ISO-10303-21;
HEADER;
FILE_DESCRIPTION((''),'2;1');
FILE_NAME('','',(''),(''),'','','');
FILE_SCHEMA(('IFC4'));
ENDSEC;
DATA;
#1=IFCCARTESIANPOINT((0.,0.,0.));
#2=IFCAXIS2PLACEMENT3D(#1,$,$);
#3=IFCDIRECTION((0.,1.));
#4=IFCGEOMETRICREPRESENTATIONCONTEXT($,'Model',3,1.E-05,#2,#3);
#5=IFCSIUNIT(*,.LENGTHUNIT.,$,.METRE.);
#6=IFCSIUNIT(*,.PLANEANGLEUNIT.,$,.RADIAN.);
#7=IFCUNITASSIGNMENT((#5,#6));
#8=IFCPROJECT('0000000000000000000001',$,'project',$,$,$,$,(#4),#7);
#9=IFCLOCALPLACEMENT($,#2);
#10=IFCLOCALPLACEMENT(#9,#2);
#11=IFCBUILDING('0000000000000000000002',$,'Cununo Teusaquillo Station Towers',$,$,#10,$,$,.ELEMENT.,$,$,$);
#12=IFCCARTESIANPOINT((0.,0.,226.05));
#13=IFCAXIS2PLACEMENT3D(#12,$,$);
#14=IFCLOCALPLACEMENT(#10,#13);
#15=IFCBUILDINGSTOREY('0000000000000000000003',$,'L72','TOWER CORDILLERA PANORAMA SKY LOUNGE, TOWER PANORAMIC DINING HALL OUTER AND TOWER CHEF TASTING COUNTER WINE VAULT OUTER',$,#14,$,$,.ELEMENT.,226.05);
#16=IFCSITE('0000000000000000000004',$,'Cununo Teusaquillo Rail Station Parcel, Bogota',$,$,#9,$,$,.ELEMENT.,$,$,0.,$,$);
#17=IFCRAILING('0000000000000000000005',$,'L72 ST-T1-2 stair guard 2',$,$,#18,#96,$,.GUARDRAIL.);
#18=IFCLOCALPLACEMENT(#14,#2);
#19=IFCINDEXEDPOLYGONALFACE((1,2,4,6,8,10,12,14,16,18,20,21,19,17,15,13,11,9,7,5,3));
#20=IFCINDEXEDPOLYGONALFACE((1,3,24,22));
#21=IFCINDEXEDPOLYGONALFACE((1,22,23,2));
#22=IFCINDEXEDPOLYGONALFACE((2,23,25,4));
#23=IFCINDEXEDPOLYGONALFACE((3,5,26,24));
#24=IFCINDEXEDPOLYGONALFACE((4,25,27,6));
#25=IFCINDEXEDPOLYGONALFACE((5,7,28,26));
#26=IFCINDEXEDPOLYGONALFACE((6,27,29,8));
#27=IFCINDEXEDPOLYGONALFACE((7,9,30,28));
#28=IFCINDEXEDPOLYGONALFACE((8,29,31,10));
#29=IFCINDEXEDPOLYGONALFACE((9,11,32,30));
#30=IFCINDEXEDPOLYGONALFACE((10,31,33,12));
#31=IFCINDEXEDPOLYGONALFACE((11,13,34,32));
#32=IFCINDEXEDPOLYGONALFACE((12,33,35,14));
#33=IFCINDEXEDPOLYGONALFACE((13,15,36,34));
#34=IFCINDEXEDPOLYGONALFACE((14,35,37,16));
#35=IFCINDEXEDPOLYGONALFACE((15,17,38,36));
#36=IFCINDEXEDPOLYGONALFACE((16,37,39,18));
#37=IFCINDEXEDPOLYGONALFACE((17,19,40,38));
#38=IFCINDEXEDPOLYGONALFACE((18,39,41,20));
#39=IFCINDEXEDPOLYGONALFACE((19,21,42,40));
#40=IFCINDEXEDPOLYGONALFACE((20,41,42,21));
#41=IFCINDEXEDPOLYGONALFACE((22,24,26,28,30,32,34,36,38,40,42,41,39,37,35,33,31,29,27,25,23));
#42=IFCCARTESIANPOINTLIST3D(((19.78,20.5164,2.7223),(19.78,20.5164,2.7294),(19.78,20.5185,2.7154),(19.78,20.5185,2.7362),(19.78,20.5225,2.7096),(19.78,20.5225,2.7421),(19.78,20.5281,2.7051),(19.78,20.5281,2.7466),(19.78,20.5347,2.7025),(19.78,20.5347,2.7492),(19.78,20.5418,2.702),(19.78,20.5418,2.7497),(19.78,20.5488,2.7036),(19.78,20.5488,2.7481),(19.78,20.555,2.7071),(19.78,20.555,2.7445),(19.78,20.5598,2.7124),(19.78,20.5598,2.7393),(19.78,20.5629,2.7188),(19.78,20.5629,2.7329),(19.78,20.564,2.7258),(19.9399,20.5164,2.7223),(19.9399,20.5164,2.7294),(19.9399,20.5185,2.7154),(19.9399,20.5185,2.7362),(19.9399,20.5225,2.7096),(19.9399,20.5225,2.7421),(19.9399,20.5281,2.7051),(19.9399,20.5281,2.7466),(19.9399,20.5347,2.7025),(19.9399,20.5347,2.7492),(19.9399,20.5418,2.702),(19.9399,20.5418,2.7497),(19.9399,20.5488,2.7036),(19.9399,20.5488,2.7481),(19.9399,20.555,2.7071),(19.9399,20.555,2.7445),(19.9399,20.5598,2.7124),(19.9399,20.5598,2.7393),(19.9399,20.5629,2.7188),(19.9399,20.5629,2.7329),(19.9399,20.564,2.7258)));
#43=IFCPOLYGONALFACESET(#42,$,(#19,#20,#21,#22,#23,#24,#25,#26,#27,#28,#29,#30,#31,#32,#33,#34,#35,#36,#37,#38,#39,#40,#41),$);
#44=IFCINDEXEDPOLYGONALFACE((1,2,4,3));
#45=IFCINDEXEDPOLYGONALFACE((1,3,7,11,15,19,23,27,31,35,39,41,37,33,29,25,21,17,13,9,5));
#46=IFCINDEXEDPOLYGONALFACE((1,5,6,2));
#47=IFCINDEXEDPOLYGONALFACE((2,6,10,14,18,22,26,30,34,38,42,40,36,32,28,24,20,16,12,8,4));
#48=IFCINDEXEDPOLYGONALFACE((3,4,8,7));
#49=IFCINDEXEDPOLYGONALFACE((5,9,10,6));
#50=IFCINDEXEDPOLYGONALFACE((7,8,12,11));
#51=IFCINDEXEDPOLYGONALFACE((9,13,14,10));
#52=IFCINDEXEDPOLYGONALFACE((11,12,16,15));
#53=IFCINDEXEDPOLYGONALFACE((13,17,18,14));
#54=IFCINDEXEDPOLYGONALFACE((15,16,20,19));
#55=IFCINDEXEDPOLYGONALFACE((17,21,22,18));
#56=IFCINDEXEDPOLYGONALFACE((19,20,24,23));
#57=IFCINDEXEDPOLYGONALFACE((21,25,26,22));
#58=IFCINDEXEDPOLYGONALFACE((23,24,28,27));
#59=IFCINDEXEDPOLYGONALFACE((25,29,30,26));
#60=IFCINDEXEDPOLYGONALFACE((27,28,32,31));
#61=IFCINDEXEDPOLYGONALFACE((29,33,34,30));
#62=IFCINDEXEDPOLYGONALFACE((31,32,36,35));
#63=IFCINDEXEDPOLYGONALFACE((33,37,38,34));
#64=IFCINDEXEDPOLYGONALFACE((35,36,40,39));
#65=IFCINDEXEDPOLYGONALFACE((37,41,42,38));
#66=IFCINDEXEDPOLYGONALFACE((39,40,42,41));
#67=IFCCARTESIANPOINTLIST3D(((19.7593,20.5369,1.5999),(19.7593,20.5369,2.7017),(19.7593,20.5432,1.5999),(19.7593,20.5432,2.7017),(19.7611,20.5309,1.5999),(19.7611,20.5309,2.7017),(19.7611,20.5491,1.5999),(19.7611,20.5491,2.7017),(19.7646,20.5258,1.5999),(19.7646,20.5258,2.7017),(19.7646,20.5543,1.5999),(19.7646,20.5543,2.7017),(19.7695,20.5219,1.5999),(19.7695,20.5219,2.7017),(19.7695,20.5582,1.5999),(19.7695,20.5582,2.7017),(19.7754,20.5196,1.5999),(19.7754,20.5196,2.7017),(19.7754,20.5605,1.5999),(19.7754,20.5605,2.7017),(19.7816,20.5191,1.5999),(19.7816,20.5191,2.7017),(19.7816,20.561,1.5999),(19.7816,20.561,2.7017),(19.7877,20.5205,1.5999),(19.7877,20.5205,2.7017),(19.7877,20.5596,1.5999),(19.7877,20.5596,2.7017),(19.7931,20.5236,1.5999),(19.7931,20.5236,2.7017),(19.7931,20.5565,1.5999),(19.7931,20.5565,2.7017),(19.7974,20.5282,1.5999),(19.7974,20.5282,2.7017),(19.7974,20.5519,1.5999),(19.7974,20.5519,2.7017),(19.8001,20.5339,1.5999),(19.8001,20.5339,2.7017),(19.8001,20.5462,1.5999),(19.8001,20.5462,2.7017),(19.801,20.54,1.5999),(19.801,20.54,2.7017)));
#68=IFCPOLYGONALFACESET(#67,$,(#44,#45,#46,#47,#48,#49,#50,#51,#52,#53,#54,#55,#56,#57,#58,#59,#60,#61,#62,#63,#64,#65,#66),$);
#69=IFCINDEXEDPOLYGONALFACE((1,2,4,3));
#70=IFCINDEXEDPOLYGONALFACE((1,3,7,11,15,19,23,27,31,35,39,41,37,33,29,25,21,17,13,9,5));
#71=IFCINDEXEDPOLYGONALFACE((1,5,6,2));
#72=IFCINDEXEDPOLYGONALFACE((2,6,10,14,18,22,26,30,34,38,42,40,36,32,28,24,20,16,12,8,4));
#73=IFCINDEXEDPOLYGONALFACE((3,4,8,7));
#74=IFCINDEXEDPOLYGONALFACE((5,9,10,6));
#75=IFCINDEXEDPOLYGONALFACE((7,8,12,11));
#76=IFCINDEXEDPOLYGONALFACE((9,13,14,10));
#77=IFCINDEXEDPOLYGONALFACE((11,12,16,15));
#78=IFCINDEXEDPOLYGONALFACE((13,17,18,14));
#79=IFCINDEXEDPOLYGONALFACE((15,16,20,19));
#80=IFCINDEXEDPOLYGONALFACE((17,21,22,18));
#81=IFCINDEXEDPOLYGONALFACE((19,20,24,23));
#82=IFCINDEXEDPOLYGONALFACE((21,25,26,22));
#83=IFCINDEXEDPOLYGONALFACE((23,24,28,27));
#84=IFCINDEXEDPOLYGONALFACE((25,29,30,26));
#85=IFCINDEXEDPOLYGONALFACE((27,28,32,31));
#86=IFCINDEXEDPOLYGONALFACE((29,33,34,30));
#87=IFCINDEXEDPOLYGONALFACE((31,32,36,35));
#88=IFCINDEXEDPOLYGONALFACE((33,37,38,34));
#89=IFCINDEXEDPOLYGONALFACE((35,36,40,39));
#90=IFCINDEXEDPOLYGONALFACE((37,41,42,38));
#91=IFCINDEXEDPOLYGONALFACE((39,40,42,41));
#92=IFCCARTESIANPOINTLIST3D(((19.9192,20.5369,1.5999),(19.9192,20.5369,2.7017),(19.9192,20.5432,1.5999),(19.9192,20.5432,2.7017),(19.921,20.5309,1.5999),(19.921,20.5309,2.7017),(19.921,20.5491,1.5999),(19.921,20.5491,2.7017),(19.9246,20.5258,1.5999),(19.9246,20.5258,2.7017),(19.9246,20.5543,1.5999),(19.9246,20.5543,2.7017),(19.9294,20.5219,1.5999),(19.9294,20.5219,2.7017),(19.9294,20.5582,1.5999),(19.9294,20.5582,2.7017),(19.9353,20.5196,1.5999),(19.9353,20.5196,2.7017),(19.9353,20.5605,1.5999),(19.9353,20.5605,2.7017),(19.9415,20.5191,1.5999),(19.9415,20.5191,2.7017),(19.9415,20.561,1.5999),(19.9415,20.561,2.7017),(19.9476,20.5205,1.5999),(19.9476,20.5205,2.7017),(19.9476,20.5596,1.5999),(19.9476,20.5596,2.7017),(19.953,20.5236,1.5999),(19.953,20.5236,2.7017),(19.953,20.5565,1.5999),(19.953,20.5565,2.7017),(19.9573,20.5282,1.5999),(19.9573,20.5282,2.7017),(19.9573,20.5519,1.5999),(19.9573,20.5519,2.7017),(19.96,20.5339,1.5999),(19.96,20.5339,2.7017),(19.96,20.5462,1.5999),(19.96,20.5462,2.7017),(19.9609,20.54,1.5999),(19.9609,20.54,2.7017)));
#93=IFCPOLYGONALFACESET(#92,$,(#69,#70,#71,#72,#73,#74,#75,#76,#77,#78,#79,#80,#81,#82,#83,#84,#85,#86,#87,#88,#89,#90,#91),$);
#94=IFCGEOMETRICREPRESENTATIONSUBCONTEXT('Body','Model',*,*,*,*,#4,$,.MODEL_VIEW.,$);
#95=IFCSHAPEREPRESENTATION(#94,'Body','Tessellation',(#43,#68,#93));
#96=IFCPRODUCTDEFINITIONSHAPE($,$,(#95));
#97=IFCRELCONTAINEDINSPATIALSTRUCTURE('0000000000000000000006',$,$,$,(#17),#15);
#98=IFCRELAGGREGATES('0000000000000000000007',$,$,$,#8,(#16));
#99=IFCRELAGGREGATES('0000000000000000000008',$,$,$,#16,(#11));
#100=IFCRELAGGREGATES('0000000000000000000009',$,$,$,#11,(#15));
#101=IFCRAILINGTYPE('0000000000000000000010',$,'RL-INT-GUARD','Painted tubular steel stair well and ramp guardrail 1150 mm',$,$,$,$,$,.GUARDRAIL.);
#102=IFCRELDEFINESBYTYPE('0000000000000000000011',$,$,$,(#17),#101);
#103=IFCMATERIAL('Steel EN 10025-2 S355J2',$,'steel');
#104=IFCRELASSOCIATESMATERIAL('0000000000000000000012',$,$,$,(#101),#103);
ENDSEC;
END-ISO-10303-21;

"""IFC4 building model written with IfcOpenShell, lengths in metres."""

from ifc_helpers import new_model, si_unit, direction, frame, origin, origin_2d, place, context, subcontext, project, spatial, circle, extrude, material, type_object, element, save


model = new_model("IFC4")

# Units and contexts
model_context = context("Model", 3, precision=1e-05, world=origin(), true_north=direction((0.0, 1.0)))
body_context = subcontext(model_context, "Body", "Model", "MODEL_VIEW")
ifc_project = project(units=[si_unit("LENGTHUNIT", "METRE"), si_unit("PLANEANGLEUNIT", "RADIAN")], contexts=[model_context])

# Site, building, storey
site_placement = place(None, origin())
site = spatial("IfcSite", under=ifc_project, at=site_placement, Name="Cununo Teusaquillo Rail Station Parcel, Bogota", CompositionType="ELEMENT", RefElevation=0.0)
building_placement = place(site_placement, origin())
building = spatial("IfcBuilding", under=site, at=building_placement, Name="Cununo Teusaquillo Station Towers", CompositionType="ELEMENT")
storey_placement = place(building_placement, frame((0.0, 0.0, 226.05)))
storey = spatial("IfcBuildingStorey", under=building, at=storey_placement, Name="L72", Description="TOWER CORDILLERA PANORAMA SKY LOUNGE, TOWER PANORAMIC DINING HALL OUTER AND TOWER CHEF TASTING COUNTER WINE VAULT OUTER", CompositionType="ELEMENT", Elevation=226.05)

# Railing
ifc_material_1 = material(Name="Steel EN 10025-2 S355J2", Category="steel")
railing_type_1 = type_object("IfcRailingType", Name="RL-INT-GUARD", Description="Painted tubular steel stair well and ramp guardrail 1150 mm", PredefinedType="GUARDRAIL", material=ifc_material_1)
railing_1_placement = place(storey_placement, frame((19.78, 20.54, 1.5999)))
element("IfcRailing", 1, at=railing_1_placement, inside=storey, type_object=railing_type_1, Name="L72 ST-T1-2 stair guard 2", PredefinedType="GUARDRAIL", context=body_context, shape_type="SweptSolid", body=[
    extrude(circle(Radius=0.0239, at=origin_2d()), frame((0.0, 0.0, 1.126), z_axis=(1.0, 0.0, 0.0), x_axis=(0.0, 1.0, 0.0)), (0.0, 0.0, 1.0), 0.1599),
    extrude(circle(Radius=0.021, at=origin_2d()), origin(), (0.0, 0.0, 1.0), 1.1018),
    extrude(circle(Radius=0.021, at=origin_2d()), frame((0.1599, 0.0, 0.0)), (0.0, 0.0, 1.0), 1.1018),
])

save(model, "model.ifc")
